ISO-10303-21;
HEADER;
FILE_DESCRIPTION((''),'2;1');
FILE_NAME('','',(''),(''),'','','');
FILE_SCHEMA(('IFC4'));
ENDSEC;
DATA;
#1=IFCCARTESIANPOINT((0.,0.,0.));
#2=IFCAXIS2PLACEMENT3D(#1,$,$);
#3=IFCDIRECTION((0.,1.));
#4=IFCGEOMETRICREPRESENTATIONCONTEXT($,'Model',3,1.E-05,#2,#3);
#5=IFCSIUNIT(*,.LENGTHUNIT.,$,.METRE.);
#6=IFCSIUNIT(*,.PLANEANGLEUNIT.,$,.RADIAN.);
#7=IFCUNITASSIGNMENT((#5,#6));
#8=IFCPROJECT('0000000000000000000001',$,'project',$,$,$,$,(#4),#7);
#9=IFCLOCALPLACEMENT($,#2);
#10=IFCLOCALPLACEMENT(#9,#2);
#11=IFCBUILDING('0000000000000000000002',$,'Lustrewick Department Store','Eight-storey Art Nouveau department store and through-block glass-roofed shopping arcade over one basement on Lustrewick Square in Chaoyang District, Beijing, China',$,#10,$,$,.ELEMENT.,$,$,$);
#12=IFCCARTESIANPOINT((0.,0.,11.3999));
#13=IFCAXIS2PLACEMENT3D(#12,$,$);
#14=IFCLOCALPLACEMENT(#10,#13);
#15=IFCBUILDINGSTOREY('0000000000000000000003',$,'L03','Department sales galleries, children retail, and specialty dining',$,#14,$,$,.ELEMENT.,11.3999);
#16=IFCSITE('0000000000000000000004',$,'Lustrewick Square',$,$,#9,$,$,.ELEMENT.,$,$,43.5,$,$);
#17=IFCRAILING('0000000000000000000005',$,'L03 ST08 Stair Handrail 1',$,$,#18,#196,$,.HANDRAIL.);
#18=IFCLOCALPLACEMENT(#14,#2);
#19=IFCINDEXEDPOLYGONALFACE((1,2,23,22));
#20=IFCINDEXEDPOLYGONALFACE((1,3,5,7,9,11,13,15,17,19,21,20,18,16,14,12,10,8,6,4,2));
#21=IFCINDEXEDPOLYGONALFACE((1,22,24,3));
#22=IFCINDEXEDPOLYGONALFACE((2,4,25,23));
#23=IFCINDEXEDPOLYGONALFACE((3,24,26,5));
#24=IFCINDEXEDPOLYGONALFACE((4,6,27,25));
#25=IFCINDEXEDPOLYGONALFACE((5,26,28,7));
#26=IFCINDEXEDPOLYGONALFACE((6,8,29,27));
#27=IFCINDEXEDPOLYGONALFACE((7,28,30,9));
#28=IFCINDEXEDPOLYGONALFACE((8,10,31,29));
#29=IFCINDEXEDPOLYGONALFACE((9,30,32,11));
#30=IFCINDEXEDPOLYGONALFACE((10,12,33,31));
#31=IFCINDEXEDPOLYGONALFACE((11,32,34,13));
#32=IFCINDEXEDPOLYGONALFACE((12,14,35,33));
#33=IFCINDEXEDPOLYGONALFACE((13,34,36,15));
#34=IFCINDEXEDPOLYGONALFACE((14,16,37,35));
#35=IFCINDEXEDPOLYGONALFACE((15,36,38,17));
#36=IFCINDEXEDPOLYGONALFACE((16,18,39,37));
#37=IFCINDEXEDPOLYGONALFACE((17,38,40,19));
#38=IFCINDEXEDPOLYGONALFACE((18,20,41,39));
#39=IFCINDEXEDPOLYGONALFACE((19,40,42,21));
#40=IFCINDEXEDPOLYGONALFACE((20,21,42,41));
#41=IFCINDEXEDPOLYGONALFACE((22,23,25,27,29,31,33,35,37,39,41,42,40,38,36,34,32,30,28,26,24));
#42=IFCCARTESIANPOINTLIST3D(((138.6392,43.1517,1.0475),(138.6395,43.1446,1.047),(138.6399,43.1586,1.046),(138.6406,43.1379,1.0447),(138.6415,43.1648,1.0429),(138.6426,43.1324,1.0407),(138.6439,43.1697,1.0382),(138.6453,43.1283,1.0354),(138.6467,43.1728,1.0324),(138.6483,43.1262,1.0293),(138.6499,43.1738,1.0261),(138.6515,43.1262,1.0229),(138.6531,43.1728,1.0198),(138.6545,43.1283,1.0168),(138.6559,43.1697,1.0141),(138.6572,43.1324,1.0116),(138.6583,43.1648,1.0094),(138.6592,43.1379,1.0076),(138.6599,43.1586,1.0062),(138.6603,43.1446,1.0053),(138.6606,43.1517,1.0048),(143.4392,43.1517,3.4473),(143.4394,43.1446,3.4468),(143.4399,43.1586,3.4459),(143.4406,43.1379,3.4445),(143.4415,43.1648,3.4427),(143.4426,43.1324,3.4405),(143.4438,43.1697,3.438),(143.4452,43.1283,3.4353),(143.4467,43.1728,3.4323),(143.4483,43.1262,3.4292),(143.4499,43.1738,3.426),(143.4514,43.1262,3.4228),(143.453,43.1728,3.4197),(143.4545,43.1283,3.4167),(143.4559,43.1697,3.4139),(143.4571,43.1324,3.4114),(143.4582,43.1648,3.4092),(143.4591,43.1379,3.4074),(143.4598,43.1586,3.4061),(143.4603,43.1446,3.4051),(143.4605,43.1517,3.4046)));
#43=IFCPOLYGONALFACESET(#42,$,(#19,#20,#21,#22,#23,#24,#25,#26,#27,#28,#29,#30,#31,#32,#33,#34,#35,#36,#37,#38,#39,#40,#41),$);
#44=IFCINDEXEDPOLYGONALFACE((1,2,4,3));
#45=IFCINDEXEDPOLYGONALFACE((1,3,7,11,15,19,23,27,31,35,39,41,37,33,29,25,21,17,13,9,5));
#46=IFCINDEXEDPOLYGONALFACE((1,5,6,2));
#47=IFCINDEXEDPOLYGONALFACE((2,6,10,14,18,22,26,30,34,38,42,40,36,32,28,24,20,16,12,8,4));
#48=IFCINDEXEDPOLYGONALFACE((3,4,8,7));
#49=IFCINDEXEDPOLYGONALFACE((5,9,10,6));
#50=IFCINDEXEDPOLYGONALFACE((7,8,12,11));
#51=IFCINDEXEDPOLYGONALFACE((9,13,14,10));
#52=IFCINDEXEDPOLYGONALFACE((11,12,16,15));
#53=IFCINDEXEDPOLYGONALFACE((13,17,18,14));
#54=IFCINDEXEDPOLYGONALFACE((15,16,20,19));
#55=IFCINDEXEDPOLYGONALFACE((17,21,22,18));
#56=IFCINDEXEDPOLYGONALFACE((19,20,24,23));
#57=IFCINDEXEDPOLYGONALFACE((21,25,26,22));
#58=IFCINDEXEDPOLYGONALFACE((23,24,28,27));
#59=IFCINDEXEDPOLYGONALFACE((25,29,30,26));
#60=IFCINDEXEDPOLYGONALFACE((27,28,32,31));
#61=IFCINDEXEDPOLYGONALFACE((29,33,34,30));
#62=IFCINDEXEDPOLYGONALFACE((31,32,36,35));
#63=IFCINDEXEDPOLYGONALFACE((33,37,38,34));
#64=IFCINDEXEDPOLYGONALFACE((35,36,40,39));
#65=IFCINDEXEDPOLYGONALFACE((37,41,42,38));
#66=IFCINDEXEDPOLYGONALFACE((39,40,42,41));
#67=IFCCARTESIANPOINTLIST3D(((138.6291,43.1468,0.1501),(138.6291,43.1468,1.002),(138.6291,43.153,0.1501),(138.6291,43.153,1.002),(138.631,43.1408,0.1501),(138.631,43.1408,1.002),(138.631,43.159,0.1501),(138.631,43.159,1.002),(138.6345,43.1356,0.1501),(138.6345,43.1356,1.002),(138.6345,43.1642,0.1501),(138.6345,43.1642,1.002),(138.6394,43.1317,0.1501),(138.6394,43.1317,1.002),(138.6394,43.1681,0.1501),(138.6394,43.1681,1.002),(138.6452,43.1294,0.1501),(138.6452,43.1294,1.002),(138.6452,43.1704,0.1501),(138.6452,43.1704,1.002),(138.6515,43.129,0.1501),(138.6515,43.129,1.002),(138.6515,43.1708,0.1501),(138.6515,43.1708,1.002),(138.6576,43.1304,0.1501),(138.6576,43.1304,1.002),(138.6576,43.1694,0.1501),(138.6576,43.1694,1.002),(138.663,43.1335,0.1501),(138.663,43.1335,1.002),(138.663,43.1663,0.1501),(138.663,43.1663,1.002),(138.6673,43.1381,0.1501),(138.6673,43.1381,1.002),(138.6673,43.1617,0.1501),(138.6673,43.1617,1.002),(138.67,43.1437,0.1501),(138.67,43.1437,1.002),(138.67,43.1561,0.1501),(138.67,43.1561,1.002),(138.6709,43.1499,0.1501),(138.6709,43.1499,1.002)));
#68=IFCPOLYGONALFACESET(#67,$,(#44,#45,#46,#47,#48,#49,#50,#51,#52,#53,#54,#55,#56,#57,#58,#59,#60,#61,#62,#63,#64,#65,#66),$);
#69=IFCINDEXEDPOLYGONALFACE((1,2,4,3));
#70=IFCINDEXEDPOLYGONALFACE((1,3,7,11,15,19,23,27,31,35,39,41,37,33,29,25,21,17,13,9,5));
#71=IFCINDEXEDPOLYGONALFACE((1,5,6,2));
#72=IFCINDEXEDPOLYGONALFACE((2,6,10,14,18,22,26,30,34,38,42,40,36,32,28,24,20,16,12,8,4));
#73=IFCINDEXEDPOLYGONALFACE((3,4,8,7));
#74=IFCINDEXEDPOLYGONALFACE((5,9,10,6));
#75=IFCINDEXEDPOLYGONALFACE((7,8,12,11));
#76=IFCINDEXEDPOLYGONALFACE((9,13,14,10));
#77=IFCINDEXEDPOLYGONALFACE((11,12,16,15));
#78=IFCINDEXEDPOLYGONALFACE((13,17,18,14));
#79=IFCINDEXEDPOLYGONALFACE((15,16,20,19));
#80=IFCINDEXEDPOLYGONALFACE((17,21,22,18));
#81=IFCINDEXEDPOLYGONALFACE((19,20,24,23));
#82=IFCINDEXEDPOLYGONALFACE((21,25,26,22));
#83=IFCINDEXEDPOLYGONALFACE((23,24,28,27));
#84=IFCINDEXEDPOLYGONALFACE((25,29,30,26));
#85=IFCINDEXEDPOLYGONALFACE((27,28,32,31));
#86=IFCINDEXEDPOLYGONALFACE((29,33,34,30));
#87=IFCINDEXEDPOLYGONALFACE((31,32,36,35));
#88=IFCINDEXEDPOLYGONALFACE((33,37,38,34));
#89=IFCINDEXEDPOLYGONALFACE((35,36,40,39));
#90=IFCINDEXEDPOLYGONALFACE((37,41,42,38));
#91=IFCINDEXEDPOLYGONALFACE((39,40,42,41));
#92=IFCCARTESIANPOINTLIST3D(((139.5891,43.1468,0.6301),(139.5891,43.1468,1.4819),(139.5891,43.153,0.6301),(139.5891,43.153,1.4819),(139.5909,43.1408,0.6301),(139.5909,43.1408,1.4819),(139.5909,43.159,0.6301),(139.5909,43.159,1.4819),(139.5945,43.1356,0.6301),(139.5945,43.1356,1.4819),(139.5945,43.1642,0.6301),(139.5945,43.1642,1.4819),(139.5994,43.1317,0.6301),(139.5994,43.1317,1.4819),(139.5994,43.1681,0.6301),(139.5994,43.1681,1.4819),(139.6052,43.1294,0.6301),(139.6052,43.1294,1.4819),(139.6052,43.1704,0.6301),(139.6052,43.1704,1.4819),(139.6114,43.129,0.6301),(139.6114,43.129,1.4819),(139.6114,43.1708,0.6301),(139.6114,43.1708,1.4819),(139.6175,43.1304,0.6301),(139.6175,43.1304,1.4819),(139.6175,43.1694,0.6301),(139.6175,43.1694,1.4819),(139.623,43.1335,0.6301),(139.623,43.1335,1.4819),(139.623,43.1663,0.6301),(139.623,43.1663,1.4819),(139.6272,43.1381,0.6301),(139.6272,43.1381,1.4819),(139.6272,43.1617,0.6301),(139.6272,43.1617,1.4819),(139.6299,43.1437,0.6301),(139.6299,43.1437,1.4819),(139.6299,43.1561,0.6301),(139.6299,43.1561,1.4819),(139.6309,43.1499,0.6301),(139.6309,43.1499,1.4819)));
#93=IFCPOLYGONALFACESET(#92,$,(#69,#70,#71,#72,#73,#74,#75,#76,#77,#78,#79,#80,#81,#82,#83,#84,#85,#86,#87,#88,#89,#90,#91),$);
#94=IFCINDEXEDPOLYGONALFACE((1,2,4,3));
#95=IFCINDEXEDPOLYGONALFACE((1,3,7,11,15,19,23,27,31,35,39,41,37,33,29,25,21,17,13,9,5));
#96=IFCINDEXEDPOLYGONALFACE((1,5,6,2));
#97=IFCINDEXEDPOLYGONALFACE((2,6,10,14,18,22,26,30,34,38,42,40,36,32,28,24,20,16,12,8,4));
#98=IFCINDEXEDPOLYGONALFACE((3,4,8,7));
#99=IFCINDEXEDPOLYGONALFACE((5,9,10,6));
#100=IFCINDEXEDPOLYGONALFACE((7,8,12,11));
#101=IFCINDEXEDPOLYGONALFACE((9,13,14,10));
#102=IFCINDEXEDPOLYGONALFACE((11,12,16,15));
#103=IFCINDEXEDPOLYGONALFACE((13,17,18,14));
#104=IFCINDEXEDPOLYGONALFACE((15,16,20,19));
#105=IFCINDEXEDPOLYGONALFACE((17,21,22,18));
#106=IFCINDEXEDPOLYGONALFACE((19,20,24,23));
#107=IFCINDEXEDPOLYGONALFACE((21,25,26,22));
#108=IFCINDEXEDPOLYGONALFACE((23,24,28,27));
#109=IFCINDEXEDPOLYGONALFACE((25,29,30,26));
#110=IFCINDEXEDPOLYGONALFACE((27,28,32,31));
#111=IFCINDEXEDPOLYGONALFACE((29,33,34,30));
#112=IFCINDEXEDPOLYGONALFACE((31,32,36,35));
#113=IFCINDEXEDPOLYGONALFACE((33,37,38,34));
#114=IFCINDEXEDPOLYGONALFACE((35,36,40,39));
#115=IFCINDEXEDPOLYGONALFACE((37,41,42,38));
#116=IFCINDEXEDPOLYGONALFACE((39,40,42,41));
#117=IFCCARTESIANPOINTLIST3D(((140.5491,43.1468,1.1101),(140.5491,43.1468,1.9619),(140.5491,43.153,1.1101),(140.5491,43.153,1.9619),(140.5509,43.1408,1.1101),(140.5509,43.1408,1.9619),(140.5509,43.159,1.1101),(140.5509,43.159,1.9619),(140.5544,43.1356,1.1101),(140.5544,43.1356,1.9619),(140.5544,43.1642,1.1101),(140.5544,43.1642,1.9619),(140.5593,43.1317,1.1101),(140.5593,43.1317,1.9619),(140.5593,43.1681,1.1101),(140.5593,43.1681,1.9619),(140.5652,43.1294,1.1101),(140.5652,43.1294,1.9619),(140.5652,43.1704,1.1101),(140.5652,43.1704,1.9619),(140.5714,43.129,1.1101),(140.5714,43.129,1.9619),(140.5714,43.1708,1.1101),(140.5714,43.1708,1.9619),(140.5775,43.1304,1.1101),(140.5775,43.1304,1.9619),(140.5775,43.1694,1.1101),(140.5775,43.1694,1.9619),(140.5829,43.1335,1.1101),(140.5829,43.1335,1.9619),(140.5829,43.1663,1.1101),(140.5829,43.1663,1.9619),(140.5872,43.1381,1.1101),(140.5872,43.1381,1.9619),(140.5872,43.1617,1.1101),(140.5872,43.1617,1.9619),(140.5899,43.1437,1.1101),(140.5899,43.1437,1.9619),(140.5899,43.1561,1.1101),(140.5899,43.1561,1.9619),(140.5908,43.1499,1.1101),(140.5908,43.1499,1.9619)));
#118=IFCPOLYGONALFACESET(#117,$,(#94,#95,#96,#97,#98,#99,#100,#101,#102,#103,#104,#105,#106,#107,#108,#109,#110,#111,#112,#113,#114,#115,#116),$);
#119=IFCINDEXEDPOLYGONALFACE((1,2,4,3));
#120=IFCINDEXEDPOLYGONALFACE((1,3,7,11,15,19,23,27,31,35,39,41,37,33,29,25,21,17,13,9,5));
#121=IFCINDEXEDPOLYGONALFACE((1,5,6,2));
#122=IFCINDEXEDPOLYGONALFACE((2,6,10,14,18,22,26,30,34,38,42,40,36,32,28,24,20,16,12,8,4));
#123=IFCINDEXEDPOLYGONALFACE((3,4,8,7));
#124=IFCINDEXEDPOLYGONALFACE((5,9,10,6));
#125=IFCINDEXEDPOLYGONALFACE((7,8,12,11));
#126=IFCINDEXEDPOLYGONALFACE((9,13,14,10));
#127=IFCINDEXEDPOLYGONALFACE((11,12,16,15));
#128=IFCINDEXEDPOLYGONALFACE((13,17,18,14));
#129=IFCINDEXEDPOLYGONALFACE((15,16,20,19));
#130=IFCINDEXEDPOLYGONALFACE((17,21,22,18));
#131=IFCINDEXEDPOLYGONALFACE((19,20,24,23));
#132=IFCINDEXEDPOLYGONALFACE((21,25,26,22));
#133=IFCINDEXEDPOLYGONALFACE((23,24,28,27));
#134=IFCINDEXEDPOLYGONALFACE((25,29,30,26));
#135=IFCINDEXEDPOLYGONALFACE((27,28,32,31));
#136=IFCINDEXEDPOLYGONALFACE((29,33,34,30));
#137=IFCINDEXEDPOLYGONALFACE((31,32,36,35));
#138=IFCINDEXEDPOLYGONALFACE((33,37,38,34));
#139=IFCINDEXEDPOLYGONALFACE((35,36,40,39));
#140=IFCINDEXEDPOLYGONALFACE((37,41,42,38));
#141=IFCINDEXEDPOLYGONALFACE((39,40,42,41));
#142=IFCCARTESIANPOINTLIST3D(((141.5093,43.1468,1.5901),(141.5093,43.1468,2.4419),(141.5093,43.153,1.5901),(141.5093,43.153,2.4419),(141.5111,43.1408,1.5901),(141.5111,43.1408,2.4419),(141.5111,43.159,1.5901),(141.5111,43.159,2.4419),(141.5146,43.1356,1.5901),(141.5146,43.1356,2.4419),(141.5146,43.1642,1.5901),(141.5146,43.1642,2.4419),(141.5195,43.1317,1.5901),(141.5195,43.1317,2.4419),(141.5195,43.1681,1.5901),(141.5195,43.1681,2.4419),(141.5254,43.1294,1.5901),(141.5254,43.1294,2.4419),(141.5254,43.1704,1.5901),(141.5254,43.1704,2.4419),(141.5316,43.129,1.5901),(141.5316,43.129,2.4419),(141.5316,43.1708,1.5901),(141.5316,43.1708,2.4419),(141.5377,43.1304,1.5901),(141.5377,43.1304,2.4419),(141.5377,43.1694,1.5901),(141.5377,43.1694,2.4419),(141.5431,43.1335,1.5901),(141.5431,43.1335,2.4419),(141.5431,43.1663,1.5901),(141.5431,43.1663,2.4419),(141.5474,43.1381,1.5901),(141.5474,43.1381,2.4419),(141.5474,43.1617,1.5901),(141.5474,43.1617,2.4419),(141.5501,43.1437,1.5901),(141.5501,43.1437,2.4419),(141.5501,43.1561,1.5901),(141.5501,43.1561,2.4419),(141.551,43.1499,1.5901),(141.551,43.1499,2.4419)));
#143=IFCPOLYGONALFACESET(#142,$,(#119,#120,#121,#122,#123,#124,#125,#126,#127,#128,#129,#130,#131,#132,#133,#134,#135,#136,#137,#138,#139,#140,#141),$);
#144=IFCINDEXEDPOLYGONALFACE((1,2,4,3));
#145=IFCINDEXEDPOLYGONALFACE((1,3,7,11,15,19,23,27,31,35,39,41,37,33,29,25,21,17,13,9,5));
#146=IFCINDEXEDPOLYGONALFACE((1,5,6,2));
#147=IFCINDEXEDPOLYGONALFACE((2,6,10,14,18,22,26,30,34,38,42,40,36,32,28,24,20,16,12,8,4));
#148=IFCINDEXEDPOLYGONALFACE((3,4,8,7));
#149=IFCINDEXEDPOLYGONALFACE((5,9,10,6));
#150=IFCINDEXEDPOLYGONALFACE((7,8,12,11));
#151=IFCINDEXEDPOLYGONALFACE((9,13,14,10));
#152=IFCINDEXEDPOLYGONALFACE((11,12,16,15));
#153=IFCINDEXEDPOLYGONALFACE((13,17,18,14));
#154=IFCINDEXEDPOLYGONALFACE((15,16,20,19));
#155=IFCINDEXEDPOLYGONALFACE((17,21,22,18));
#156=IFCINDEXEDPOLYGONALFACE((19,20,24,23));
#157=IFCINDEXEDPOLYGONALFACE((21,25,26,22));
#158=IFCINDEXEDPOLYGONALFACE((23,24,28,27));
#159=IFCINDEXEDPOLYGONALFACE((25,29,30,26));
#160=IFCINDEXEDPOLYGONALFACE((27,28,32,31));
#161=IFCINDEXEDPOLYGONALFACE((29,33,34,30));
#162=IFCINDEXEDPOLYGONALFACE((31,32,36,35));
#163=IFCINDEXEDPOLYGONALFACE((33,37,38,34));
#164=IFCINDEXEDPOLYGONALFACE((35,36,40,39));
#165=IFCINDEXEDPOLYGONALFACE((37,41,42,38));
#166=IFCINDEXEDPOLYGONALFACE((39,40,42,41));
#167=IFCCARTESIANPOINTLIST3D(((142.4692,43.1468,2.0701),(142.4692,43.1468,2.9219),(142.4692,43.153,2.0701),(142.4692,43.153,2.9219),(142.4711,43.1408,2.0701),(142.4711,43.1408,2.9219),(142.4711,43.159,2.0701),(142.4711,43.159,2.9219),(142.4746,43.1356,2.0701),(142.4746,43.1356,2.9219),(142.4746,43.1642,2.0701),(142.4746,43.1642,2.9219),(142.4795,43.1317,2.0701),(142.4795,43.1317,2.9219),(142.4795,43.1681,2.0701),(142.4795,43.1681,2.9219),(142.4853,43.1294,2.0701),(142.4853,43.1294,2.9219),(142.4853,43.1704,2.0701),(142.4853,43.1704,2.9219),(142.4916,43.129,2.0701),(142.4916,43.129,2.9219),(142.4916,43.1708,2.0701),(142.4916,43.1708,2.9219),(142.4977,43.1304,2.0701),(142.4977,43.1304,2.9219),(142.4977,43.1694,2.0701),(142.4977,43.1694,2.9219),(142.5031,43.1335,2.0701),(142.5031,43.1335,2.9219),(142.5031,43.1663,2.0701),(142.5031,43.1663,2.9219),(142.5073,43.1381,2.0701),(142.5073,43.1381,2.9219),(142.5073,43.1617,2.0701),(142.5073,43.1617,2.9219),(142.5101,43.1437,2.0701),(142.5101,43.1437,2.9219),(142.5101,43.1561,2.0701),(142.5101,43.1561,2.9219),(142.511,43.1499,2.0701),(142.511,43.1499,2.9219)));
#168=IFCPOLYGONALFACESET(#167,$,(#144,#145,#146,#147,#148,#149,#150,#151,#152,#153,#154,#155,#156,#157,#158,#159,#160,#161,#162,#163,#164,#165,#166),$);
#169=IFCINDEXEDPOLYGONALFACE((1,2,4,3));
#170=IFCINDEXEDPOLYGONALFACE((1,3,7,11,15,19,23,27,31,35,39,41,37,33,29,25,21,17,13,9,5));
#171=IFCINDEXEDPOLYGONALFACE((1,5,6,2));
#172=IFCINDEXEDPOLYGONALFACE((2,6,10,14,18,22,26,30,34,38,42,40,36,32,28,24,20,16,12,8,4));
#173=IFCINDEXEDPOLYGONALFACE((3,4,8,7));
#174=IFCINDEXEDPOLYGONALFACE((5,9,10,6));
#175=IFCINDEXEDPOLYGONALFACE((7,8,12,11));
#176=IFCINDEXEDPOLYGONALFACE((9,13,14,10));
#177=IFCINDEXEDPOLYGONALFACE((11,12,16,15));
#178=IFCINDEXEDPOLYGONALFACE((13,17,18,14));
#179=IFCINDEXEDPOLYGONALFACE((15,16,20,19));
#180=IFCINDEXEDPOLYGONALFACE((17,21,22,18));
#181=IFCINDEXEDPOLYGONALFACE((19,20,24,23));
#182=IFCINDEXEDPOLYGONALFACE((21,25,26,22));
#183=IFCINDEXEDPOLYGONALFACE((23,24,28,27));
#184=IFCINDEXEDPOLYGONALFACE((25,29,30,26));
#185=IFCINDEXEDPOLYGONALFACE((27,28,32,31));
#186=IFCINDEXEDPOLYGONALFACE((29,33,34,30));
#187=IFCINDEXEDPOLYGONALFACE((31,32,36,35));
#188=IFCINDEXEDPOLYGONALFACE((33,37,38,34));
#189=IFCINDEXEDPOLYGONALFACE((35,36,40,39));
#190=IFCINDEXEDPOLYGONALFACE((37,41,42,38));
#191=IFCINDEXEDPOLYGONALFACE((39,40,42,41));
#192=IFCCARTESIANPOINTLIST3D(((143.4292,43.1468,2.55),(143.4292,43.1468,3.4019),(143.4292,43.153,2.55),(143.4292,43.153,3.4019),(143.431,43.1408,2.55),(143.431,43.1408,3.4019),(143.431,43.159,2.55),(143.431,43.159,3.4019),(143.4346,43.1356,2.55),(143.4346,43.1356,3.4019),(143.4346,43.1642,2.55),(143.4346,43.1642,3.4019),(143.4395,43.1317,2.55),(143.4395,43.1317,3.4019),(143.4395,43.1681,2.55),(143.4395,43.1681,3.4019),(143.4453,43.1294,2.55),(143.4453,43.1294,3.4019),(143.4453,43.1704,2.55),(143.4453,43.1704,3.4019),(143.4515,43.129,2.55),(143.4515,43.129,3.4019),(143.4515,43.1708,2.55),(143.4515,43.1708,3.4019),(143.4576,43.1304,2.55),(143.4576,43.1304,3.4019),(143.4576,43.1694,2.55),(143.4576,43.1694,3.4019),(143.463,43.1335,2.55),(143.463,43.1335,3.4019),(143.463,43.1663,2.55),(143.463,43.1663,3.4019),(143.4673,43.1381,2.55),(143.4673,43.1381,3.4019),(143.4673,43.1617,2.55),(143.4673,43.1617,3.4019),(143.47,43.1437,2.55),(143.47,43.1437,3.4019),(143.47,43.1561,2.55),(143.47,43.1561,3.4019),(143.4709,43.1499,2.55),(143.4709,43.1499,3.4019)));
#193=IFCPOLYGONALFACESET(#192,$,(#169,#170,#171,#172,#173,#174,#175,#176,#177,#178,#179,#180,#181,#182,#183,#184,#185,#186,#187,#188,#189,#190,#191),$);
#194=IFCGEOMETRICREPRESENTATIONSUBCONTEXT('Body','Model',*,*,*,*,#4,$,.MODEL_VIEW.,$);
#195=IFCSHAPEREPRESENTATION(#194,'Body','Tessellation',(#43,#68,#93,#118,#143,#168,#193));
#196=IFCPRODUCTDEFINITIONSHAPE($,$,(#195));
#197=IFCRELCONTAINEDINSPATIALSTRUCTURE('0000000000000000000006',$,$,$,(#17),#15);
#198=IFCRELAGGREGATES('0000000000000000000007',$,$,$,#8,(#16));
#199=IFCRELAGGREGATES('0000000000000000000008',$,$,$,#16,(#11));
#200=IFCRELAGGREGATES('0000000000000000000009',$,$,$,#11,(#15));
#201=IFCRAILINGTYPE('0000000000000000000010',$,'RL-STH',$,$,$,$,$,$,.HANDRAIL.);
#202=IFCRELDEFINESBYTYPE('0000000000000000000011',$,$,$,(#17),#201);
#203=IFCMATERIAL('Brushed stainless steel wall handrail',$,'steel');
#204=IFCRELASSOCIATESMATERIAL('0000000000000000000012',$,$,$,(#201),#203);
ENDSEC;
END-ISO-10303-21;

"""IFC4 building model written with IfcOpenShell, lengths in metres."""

from ifc_helpers import new_model, si_unit, direction, frame, origin, origin_2d, place, context, subcontext, project, spatial, circle, extrude, material, type_object, element, save


model = new_model("IFC4")

# Units and contexts
model_context = context("Model", 3, precision=1e-05, world=origin(), true_north=direction((0.0, 1.0)))
body_context = subcontext(model_context, "Body", "Model", "MODEL_VIEW")
ifc_project = project(units=[si_unit("LENGTHUNIT", "METRE"), si_unit("PLANEANGLEUNIT", "RADIAN")], contexts=[model_context])

# Site, building, storey
site_placement = place(None, origin())
site = spatial("IfcSite", under=ifc_project, at=site_placement, Name="Lustrewick Square", CompositionType="ELEMENT", RefElevation=43.5)
building_placement = place(site_placement, origin())
building = spatial("IfcBuilding", under=site, at=building_placement, Name="Lustrewick Department Store", Description="Eight-storey Art Nouveau department store and through-block glass-roofed shopping arcade over one basement on Lustrewick Square in Chaoyang District, Beijing, China", CompositionType="ELEMENT")
storey_placement = place(building_placement, frame((0.0, 0.0, 11.3999)))
storey = spatial("IfcBuildingStorey", under=building, at=storey_placement, Name="L03", Description="Department sales galleries, children retail, and specialty dining", CompositionType="ELEMENT", Elevation=11.3999)

# Railing
ifc_material_1 = material(Name="Brushed stainless steel wall handrail", Category="steel")
railing_type_1 = type_object("IfcRailingType", Name="RL-STH", PredefinedType="HANDRAIL", material=ifc_material_1)
railing_1_placement = place(storey_placement, frame((138.6499, 43.1499, 0.1501)))
element("IfcRailing", 1, at=railing_1_placement, inside=storey, type_object=railing_type_1, Name="L03 ST08 Stair Handrail 1", PredefinedType="HANDRAIL", context=body_context, shape_type="SweptSolid", body=[
    extrude(circle(Radius=0.0239, at=origin_2d()), frame((0.0, 0.0, 0.876), z_axis=(0.894436, 0.0, 0.447195), x_axis=(0.0, 1.0, 0.0)), (0.0, 0.0, 1.0), 5.3665),
    extrude(circle(Radius=0.021, at=origin_2d()), origin(), (0.0, 0.0, 1.0), 0.8518),
    extrude(circle(Radius=0.021, at=origin_2d()), frame((0.96, 0.0, 0.48)), (0.0, 0.0, 1.0), 0.8518),
    extrude(circle(Radius=0.021, at=origin_2d()), frame((1.9199, 0.0, 0.96)), (0.0, 0.0, 1.0), 0.8518),
    extrude(circle(Radius=0.021, at=origin_2d()), frame((2.8801, 0.0, 1.4399)), (0.0, 0.0, 1.0), 0.8518),
    extrude(circle(Radius=0.021, at=origin_2d()), frame((3.8401, 0.0, 1.9199)), (0.0, 0.0, 1.0), 0.8518),
    extrude(circle(Radius=0.021, at=origin_2d()), frame((4.8, 0.0, 2.3999)), (0.0, 0.0, 1.0), 0.8518),
])

save(model, "model.ifc")
